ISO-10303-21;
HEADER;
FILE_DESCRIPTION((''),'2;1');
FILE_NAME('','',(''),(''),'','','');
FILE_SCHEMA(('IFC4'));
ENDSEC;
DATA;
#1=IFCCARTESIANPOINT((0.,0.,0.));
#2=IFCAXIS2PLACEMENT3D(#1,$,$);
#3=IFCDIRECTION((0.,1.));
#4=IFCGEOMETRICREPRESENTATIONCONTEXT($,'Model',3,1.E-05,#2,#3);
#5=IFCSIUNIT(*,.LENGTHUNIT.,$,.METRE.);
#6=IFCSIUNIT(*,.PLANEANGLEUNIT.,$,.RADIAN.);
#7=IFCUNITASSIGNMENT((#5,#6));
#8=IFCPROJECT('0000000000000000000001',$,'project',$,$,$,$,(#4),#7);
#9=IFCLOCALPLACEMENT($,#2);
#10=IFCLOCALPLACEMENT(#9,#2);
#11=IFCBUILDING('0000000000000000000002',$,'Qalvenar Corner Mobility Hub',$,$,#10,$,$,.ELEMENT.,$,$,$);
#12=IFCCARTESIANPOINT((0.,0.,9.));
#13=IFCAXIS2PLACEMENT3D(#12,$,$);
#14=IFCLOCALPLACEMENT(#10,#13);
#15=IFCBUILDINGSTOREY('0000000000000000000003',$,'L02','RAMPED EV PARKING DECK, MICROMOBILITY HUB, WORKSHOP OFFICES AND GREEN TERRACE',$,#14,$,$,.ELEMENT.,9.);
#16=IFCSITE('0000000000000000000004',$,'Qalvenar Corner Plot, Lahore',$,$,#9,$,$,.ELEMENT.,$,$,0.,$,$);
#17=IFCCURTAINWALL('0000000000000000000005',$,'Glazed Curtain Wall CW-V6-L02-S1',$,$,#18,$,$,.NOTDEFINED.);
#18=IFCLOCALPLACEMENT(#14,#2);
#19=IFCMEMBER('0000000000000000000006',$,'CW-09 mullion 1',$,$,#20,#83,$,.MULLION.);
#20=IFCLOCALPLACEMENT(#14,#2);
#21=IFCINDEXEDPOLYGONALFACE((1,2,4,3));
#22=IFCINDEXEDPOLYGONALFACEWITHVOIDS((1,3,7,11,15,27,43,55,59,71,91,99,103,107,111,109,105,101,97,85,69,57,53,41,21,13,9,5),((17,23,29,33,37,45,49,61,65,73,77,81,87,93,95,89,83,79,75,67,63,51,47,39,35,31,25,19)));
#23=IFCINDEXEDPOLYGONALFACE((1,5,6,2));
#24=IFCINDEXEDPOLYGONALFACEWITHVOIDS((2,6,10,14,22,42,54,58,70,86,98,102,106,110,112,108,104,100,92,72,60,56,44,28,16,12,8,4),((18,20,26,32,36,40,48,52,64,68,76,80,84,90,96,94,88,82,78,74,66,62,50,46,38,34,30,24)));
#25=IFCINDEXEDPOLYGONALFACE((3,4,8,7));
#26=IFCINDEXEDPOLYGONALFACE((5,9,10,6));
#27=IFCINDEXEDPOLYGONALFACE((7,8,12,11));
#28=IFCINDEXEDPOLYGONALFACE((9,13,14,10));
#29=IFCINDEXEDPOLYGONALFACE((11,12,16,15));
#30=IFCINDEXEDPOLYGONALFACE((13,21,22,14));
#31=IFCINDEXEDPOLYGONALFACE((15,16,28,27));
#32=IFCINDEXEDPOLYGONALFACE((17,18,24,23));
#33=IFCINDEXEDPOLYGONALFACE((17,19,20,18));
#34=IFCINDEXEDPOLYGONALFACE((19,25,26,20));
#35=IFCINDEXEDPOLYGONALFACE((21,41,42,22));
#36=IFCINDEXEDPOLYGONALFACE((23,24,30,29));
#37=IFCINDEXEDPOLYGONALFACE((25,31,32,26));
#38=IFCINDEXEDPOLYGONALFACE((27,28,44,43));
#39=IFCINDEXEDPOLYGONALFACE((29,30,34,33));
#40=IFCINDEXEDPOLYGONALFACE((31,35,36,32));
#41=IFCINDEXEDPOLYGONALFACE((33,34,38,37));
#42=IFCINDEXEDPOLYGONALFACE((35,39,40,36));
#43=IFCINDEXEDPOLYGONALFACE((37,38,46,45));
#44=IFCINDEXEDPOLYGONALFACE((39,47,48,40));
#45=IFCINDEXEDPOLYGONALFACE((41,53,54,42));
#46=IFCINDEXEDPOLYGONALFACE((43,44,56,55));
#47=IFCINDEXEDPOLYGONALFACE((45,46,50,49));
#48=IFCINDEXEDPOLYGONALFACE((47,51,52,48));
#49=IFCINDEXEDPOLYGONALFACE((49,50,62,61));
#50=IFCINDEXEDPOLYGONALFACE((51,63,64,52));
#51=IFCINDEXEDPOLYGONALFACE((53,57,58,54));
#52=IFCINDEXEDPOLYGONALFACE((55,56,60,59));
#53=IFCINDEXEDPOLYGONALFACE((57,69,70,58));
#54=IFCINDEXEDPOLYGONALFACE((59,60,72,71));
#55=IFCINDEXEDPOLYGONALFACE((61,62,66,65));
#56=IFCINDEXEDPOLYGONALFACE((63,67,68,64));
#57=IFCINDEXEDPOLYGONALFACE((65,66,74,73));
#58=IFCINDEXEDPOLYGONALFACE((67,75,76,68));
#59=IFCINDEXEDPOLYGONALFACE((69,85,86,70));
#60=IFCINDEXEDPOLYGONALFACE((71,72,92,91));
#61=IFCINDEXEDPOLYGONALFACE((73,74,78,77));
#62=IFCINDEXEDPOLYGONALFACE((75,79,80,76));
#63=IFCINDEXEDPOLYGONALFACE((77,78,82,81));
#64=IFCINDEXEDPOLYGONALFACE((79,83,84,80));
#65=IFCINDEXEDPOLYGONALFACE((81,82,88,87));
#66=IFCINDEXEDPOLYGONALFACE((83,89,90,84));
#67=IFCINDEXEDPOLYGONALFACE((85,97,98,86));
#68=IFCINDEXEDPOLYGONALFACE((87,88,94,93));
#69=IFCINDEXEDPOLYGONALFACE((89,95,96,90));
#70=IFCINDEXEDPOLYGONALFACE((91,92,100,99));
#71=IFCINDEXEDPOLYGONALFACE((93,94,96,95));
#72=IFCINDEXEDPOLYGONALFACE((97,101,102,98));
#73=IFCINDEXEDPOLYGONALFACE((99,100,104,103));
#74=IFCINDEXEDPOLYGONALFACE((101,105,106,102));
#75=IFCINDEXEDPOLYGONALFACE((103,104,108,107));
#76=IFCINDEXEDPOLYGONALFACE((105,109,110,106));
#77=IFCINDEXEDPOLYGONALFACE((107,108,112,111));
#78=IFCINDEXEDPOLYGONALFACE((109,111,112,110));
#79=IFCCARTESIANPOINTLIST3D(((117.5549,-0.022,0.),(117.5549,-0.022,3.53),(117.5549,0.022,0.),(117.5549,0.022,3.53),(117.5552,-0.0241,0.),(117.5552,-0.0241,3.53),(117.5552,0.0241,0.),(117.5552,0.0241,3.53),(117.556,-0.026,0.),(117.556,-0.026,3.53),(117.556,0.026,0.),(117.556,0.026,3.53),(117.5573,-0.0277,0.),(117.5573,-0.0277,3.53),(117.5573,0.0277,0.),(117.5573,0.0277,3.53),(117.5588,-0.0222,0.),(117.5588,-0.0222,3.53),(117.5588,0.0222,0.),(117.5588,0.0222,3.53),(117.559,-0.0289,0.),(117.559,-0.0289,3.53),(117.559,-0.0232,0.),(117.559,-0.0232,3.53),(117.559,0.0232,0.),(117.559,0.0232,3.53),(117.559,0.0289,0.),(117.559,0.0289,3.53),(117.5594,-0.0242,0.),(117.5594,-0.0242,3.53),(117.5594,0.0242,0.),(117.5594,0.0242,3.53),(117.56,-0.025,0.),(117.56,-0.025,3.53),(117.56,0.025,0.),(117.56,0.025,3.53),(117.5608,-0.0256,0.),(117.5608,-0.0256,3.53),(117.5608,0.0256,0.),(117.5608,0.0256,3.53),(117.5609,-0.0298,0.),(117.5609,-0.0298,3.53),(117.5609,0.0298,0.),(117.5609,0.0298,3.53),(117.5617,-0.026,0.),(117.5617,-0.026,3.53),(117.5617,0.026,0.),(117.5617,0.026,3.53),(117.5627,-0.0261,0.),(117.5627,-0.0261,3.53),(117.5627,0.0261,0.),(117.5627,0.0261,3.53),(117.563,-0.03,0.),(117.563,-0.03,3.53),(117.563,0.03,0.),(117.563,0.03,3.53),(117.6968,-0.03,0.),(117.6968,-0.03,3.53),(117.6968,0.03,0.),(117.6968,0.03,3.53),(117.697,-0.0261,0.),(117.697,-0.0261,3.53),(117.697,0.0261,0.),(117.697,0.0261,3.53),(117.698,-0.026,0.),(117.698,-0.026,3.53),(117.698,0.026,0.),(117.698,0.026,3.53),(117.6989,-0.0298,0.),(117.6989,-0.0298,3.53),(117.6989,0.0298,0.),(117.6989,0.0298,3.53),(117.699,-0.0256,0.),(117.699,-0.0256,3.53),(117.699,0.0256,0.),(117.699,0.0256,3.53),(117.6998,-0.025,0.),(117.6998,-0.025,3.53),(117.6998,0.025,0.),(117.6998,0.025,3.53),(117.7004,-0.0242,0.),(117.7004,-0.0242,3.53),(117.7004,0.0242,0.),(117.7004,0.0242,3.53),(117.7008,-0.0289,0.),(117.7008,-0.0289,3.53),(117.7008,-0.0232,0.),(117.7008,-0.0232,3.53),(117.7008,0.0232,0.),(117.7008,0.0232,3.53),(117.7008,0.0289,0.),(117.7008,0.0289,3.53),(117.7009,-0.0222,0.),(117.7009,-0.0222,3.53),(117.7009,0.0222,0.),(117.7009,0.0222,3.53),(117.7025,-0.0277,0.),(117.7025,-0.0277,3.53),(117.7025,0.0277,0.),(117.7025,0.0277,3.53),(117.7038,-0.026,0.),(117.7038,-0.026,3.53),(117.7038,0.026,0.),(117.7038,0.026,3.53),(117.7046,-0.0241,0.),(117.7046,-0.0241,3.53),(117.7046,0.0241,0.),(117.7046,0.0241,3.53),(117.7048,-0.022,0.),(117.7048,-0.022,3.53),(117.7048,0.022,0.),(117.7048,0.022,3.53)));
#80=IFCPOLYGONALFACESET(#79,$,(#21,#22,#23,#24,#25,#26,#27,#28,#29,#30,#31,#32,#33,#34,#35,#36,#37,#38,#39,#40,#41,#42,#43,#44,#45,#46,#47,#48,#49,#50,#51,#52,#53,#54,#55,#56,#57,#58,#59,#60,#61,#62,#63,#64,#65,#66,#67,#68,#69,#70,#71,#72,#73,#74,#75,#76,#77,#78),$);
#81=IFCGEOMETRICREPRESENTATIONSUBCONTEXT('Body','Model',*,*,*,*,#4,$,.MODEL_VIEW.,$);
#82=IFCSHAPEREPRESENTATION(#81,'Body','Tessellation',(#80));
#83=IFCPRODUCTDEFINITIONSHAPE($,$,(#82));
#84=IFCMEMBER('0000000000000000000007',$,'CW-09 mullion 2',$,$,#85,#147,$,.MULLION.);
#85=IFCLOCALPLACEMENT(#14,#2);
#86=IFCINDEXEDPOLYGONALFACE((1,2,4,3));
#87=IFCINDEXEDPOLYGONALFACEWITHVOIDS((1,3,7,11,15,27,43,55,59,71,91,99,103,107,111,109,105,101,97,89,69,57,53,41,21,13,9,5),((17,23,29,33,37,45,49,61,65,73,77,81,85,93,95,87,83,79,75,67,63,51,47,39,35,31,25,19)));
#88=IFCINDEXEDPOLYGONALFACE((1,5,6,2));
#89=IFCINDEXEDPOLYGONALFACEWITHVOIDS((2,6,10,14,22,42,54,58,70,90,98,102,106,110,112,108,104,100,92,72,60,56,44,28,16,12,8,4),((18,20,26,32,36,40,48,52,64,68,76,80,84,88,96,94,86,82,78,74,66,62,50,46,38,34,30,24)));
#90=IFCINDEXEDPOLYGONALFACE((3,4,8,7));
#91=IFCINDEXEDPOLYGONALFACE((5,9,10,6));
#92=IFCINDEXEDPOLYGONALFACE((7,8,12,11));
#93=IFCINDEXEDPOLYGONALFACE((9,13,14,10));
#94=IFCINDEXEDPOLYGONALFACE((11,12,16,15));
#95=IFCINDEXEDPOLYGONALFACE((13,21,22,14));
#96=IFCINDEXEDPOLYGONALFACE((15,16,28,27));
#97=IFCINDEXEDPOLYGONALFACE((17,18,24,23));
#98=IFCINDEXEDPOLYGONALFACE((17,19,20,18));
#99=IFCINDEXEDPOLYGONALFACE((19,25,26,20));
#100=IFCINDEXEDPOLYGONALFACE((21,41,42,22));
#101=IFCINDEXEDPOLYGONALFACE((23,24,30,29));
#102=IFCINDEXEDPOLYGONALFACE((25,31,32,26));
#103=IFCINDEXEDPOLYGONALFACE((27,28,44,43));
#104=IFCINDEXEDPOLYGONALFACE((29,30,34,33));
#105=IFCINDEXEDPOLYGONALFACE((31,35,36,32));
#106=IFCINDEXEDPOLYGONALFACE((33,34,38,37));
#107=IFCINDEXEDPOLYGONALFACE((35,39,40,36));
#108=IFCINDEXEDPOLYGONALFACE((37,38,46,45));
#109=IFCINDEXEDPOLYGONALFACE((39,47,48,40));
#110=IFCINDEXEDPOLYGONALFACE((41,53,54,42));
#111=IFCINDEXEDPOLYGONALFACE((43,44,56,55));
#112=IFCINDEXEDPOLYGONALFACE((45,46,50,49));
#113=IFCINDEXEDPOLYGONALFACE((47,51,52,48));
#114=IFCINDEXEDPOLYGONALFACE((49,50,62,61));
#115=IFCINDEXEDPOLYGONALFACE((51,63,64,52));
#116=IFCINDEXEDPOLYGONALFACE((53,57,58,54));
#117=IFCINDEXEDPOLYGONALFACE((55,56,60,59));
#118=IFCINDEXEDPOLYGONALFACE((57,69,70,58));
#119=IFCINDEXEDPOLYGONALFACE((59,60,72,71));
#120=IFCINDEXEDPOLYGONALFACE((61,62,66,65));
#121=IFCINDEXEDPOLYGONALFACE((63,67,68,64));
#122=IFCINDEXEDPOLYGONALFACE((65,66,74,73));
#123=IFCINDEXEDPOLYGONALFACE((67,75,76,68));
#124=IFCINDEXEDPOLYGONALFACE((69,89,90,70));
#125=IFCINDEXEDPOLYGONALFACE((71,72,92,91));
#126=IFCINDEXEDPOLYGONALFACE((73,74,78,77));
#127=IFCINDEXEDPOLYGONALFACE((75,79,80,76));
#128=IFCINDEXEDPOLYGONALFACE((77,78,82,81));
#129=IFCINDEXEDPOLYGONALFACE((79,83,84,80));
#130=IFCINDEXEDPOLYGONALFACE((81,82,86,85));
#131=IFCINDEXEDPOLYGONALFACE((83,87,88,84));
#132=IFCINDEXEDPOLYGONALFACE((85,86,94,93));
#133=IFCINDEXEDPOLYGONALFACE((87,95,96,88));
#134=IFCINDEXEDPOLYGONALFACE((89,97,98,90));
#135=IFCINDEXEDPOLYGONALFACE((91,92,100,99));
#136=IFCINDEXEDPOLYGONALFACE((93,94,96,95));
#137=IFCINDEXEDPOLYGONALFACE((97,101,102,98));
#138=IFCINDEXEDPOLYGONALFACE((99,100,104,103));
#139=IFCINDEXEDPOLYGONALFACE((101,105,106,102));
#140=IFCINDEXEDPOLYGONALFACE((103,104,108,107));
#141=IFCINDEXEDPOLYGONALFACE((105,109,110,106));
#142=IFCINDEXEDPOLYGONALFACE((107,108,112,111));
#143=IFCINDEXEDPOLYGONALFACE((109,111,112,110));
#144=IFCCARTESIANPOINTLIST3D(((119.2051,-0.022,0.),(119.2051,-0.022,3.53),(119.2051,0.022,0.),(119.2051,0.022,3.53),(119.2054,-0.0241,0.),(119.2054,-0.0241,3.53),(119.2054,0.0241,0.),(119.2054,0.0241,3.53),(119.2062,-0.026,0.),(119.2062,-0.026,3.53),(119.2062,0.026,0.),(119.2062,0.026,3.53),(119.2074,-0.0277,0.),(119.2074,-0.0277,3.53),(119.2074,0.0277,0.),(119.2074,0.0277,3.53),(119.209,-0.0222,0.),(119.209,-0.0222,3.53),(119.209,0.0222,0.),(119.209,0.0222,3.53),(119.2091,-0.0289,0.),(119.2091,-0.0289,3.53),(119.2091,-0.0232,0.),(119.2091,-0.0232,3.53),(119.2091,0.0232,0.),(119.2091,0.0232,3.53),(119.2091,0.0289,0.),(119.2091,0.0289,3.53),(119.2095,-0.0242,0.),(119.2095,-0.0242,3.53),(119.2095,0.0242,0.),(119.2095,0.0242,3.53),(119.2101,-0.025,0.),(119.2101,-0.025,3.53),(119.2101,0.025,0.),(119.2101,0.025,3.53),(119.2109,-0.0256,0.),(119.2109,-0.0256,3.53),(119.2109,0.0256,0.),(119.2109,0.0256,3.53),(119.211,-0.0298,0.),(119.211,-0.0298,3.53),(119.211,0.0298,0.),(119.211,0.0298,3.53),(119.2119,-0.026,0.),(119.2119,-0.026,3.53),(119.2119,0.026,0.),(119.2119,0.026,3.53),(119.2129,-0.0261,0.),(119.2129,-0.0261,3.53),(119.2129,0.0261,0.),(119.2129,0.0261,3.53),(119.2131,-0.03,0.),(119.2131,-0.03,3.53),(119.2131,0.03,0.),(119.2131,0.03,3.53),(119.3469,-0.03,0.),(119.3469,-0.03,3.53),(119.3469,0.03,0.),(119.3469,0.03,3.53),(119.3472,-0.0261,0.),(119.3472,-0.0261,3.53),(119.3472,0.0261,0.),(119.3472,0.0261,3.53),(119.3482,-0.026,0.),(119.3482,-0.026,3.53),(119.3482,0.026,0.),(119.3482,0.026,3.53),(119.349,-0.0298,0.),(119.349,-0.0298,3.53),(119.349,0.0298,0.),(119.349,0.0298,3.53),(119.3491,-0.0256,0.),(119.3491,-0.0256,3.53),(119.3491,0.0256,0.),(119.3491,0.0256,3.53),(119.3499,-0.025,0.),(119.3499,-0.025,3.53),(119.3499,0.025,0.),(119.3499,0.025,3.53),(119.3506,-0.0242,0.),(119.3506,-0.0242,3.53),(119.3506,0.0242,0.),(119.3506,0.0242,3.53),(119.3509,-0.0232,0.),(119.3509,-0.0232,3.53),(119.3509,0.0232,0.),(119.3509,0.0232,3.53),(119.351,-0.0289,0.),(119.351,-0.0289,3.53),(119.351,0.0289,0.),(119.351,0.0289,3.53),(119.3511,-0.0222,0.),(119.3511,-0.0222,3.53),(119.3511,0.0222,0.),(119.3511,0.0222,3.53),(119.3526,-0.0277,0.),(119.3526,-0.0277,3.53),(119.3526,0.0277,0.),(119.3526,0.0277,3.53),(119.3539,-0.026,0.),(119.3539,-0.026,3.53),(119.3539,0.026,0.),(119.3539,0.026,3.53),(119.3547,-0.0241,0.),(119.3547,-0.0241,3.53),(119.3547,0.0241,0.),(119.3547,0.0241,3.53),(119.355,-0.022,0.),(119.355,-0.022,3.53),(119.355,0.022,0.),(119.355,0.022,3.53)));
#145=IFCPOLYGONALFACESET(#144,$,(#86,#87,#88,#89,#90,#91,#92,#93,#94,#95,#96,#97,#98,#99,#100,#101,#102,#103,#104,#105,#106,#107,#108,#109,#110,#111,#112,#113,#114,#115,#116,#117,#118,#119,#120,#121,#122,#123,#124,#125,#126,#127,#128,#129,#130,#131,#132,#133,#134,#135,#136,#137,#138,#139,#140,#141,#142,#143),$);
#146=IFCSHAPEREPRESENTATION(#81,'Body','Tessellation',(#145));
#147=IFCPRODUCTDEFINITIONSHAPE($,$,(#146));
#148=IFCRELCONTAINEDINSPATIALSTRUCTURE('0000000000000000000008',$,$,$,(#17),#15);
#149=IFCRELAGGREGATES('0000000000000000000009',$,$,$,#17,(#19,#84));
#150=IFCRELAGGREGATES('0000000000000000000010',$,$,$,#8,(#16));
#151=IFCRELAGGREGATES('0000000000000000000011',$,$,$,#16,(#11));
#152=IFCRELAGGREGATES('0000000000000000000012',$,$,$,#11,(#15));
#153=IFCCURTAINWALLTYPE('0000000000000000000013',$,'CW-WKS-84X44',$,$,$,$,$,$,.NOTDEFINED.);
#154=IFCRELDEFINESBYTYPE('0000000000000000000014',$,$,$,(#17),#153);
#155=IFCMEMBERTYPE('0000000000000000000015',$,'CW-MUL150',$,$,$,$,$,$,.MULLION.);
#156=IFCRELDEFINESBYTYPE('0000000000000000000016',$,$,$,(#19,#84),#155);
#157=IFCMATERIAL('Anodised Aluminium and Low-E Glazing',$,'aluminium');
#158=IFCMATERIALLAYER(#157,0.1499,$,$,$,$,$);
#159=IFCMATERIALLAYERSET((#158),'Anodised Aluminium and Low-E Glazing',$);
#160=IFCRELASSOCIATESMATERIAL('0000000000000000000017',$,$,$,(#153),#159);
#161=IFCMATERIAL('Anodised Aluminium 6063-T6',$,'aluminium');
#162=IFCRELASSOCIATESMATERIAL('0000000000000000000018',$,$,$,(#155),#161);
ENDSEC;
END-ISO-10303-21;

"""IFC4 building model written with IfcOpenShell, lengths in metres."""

from ifc_helpers import new_model, si_unit, direction, frame, origin, origin_2d, place, context, subcontext, project, spatial, hollow_rectangle, extrude, material, layer, layer_set, material_profile, profile_set, type_object, element, aggregate, save


model = new_model("IFC4")

# Units and contexts
model_context = context("Model", 3, precision=1e-05, world=origin(), true_north=direction((0.0, 1.0)))
body_context = subcontext(model_context, "Body", "Model", "MODEL_VIEW")
ifc_project = project(units=[si_unit("LENGTHUNIT", "METRE"), si_unit("PLANEANGLEUNIT", "RADIAN")], contexts=[model_context])

# Site, building, storey
site_placement = place(None, origin())
site = spatial("IfcSite", under=ifc_project, at=site_placement, Name="Qalvenar Corner Plot, Lahore", CompositionType="ELEMENT", RefElevation=0.0)
building_placement = place(site_placement, origin())
building = spatial("IfcBuilding", under=site, at=building_placement, Name="Qalvenar Corner Mobility Hub", CompositionType="ELEMENT")
storey_placement = place(building_placement, frame((0.0, 0.0, 9.0)))
storey = spatial("IfcBuildingStorey", under=building, at=storey_placement, Name="L02", Description="RAMPED EV PARKING DECK, MICROMOBILITY HUB, WORKSHOP OFFICES AND GREEN TERRACE", CompositionType="ELEMENT", Elevation=9.0)

# Curtain wall, members
ifc_material_1 = material(Name="Anodised Aluminium and Low-E Glazing", Category="aluminium")
ifc_layer_1 = layer(ifc_material_1, 0.1499)
ifc_layer_set_1 = layer_set([ifc_layer_1], Name="Anodised Aluminium and Low-E Glazing")
curtain_wall_type = type_object("IfcCurtainWallType", Name="CW-WKS-84X44", PredefinedType="NOTDEFINED", material=ifc_layer_set_1)
curtain_wall_placement = place(storey_placement, origin())
curtain_wall = element("IfcCurtainWall", 1, at=curtain_wall_placement, inside=storey, type_object=curtain_wall_type, Name="Glazed Curtain Wall CW-V6-L02-S1", PredefinedType="NOTDEFINED")
ifc_material_2 = material(Name="Anodised Aluminium 6063-T6", Category="aluminium")
ifc_material_profile_1 = material_profile(ifc_material_2, hollow_rectangle(XDim=0.0601, YDim=0.1499, WallThickness=0.0039, InnerFilletRadius=0.0039, OuterFilletRadius=0.0081, at=origin_2d()), Name="RHS150x60x4")
ifc_profile_set_1 = profile_set([ifc_material_profile_1], Name="Anodised Aluminium 6063-T6")
member_type_1 = type_object("IfcMemberType", Name="CW-MUL150", PredefinedType="MULLION", material=ifc_profile_set_1)
member_1_placement = place(storey_placement, frame((117.6299, 0.0, 0.0), z_axis=(0.0, 0.0, 1.0), x_axis=(0.0, 1.0, 0.0)))
member_1 = element("IfcMember", 2, at=member_1_placement, type_object=member_type_1, Name="CW-09 mullion 1", PredefinedType="MULLION", context=body_context, shape_type="SweptSolid", body=[
    extrude(hollow_rectangle(XDim=0.0601, YDim=0.1499, WallThickness=0.0039, InnerFilletRadius=0.0039, OuterFilletRadius=0.0081, at=origin_2d()), origin(), (0.0, 0.0, 1.0), 3.53),
])
member_2_placement = place(storey_placement, frame((119.28, 0.0, 0.0), z_axis=(0.0, 0.0, 1.0), x_axis=(0.0, 1.0, 0.0)))
member_2 = element("IfcMember", 3, at=member_2_placement, type_object=member_type_1, Name="CW-09 mullion 2", PredefinedType="MULLION", context=body_context, shape_type="SweptSolid", body=[
    extrude(hollow_rectangle(XDim=0.0601, YDim=0.1499, WallThickness=0.0039, InnerFilletRadius=0.0039, OuterFilletRadius=0.0081, at=origin_2d()), origin(), (0.0, 0.0, 1.0), 3.53),
])
aggregate(curtain_wall, [member_1, member_2])

save(model, "model.ifc")
